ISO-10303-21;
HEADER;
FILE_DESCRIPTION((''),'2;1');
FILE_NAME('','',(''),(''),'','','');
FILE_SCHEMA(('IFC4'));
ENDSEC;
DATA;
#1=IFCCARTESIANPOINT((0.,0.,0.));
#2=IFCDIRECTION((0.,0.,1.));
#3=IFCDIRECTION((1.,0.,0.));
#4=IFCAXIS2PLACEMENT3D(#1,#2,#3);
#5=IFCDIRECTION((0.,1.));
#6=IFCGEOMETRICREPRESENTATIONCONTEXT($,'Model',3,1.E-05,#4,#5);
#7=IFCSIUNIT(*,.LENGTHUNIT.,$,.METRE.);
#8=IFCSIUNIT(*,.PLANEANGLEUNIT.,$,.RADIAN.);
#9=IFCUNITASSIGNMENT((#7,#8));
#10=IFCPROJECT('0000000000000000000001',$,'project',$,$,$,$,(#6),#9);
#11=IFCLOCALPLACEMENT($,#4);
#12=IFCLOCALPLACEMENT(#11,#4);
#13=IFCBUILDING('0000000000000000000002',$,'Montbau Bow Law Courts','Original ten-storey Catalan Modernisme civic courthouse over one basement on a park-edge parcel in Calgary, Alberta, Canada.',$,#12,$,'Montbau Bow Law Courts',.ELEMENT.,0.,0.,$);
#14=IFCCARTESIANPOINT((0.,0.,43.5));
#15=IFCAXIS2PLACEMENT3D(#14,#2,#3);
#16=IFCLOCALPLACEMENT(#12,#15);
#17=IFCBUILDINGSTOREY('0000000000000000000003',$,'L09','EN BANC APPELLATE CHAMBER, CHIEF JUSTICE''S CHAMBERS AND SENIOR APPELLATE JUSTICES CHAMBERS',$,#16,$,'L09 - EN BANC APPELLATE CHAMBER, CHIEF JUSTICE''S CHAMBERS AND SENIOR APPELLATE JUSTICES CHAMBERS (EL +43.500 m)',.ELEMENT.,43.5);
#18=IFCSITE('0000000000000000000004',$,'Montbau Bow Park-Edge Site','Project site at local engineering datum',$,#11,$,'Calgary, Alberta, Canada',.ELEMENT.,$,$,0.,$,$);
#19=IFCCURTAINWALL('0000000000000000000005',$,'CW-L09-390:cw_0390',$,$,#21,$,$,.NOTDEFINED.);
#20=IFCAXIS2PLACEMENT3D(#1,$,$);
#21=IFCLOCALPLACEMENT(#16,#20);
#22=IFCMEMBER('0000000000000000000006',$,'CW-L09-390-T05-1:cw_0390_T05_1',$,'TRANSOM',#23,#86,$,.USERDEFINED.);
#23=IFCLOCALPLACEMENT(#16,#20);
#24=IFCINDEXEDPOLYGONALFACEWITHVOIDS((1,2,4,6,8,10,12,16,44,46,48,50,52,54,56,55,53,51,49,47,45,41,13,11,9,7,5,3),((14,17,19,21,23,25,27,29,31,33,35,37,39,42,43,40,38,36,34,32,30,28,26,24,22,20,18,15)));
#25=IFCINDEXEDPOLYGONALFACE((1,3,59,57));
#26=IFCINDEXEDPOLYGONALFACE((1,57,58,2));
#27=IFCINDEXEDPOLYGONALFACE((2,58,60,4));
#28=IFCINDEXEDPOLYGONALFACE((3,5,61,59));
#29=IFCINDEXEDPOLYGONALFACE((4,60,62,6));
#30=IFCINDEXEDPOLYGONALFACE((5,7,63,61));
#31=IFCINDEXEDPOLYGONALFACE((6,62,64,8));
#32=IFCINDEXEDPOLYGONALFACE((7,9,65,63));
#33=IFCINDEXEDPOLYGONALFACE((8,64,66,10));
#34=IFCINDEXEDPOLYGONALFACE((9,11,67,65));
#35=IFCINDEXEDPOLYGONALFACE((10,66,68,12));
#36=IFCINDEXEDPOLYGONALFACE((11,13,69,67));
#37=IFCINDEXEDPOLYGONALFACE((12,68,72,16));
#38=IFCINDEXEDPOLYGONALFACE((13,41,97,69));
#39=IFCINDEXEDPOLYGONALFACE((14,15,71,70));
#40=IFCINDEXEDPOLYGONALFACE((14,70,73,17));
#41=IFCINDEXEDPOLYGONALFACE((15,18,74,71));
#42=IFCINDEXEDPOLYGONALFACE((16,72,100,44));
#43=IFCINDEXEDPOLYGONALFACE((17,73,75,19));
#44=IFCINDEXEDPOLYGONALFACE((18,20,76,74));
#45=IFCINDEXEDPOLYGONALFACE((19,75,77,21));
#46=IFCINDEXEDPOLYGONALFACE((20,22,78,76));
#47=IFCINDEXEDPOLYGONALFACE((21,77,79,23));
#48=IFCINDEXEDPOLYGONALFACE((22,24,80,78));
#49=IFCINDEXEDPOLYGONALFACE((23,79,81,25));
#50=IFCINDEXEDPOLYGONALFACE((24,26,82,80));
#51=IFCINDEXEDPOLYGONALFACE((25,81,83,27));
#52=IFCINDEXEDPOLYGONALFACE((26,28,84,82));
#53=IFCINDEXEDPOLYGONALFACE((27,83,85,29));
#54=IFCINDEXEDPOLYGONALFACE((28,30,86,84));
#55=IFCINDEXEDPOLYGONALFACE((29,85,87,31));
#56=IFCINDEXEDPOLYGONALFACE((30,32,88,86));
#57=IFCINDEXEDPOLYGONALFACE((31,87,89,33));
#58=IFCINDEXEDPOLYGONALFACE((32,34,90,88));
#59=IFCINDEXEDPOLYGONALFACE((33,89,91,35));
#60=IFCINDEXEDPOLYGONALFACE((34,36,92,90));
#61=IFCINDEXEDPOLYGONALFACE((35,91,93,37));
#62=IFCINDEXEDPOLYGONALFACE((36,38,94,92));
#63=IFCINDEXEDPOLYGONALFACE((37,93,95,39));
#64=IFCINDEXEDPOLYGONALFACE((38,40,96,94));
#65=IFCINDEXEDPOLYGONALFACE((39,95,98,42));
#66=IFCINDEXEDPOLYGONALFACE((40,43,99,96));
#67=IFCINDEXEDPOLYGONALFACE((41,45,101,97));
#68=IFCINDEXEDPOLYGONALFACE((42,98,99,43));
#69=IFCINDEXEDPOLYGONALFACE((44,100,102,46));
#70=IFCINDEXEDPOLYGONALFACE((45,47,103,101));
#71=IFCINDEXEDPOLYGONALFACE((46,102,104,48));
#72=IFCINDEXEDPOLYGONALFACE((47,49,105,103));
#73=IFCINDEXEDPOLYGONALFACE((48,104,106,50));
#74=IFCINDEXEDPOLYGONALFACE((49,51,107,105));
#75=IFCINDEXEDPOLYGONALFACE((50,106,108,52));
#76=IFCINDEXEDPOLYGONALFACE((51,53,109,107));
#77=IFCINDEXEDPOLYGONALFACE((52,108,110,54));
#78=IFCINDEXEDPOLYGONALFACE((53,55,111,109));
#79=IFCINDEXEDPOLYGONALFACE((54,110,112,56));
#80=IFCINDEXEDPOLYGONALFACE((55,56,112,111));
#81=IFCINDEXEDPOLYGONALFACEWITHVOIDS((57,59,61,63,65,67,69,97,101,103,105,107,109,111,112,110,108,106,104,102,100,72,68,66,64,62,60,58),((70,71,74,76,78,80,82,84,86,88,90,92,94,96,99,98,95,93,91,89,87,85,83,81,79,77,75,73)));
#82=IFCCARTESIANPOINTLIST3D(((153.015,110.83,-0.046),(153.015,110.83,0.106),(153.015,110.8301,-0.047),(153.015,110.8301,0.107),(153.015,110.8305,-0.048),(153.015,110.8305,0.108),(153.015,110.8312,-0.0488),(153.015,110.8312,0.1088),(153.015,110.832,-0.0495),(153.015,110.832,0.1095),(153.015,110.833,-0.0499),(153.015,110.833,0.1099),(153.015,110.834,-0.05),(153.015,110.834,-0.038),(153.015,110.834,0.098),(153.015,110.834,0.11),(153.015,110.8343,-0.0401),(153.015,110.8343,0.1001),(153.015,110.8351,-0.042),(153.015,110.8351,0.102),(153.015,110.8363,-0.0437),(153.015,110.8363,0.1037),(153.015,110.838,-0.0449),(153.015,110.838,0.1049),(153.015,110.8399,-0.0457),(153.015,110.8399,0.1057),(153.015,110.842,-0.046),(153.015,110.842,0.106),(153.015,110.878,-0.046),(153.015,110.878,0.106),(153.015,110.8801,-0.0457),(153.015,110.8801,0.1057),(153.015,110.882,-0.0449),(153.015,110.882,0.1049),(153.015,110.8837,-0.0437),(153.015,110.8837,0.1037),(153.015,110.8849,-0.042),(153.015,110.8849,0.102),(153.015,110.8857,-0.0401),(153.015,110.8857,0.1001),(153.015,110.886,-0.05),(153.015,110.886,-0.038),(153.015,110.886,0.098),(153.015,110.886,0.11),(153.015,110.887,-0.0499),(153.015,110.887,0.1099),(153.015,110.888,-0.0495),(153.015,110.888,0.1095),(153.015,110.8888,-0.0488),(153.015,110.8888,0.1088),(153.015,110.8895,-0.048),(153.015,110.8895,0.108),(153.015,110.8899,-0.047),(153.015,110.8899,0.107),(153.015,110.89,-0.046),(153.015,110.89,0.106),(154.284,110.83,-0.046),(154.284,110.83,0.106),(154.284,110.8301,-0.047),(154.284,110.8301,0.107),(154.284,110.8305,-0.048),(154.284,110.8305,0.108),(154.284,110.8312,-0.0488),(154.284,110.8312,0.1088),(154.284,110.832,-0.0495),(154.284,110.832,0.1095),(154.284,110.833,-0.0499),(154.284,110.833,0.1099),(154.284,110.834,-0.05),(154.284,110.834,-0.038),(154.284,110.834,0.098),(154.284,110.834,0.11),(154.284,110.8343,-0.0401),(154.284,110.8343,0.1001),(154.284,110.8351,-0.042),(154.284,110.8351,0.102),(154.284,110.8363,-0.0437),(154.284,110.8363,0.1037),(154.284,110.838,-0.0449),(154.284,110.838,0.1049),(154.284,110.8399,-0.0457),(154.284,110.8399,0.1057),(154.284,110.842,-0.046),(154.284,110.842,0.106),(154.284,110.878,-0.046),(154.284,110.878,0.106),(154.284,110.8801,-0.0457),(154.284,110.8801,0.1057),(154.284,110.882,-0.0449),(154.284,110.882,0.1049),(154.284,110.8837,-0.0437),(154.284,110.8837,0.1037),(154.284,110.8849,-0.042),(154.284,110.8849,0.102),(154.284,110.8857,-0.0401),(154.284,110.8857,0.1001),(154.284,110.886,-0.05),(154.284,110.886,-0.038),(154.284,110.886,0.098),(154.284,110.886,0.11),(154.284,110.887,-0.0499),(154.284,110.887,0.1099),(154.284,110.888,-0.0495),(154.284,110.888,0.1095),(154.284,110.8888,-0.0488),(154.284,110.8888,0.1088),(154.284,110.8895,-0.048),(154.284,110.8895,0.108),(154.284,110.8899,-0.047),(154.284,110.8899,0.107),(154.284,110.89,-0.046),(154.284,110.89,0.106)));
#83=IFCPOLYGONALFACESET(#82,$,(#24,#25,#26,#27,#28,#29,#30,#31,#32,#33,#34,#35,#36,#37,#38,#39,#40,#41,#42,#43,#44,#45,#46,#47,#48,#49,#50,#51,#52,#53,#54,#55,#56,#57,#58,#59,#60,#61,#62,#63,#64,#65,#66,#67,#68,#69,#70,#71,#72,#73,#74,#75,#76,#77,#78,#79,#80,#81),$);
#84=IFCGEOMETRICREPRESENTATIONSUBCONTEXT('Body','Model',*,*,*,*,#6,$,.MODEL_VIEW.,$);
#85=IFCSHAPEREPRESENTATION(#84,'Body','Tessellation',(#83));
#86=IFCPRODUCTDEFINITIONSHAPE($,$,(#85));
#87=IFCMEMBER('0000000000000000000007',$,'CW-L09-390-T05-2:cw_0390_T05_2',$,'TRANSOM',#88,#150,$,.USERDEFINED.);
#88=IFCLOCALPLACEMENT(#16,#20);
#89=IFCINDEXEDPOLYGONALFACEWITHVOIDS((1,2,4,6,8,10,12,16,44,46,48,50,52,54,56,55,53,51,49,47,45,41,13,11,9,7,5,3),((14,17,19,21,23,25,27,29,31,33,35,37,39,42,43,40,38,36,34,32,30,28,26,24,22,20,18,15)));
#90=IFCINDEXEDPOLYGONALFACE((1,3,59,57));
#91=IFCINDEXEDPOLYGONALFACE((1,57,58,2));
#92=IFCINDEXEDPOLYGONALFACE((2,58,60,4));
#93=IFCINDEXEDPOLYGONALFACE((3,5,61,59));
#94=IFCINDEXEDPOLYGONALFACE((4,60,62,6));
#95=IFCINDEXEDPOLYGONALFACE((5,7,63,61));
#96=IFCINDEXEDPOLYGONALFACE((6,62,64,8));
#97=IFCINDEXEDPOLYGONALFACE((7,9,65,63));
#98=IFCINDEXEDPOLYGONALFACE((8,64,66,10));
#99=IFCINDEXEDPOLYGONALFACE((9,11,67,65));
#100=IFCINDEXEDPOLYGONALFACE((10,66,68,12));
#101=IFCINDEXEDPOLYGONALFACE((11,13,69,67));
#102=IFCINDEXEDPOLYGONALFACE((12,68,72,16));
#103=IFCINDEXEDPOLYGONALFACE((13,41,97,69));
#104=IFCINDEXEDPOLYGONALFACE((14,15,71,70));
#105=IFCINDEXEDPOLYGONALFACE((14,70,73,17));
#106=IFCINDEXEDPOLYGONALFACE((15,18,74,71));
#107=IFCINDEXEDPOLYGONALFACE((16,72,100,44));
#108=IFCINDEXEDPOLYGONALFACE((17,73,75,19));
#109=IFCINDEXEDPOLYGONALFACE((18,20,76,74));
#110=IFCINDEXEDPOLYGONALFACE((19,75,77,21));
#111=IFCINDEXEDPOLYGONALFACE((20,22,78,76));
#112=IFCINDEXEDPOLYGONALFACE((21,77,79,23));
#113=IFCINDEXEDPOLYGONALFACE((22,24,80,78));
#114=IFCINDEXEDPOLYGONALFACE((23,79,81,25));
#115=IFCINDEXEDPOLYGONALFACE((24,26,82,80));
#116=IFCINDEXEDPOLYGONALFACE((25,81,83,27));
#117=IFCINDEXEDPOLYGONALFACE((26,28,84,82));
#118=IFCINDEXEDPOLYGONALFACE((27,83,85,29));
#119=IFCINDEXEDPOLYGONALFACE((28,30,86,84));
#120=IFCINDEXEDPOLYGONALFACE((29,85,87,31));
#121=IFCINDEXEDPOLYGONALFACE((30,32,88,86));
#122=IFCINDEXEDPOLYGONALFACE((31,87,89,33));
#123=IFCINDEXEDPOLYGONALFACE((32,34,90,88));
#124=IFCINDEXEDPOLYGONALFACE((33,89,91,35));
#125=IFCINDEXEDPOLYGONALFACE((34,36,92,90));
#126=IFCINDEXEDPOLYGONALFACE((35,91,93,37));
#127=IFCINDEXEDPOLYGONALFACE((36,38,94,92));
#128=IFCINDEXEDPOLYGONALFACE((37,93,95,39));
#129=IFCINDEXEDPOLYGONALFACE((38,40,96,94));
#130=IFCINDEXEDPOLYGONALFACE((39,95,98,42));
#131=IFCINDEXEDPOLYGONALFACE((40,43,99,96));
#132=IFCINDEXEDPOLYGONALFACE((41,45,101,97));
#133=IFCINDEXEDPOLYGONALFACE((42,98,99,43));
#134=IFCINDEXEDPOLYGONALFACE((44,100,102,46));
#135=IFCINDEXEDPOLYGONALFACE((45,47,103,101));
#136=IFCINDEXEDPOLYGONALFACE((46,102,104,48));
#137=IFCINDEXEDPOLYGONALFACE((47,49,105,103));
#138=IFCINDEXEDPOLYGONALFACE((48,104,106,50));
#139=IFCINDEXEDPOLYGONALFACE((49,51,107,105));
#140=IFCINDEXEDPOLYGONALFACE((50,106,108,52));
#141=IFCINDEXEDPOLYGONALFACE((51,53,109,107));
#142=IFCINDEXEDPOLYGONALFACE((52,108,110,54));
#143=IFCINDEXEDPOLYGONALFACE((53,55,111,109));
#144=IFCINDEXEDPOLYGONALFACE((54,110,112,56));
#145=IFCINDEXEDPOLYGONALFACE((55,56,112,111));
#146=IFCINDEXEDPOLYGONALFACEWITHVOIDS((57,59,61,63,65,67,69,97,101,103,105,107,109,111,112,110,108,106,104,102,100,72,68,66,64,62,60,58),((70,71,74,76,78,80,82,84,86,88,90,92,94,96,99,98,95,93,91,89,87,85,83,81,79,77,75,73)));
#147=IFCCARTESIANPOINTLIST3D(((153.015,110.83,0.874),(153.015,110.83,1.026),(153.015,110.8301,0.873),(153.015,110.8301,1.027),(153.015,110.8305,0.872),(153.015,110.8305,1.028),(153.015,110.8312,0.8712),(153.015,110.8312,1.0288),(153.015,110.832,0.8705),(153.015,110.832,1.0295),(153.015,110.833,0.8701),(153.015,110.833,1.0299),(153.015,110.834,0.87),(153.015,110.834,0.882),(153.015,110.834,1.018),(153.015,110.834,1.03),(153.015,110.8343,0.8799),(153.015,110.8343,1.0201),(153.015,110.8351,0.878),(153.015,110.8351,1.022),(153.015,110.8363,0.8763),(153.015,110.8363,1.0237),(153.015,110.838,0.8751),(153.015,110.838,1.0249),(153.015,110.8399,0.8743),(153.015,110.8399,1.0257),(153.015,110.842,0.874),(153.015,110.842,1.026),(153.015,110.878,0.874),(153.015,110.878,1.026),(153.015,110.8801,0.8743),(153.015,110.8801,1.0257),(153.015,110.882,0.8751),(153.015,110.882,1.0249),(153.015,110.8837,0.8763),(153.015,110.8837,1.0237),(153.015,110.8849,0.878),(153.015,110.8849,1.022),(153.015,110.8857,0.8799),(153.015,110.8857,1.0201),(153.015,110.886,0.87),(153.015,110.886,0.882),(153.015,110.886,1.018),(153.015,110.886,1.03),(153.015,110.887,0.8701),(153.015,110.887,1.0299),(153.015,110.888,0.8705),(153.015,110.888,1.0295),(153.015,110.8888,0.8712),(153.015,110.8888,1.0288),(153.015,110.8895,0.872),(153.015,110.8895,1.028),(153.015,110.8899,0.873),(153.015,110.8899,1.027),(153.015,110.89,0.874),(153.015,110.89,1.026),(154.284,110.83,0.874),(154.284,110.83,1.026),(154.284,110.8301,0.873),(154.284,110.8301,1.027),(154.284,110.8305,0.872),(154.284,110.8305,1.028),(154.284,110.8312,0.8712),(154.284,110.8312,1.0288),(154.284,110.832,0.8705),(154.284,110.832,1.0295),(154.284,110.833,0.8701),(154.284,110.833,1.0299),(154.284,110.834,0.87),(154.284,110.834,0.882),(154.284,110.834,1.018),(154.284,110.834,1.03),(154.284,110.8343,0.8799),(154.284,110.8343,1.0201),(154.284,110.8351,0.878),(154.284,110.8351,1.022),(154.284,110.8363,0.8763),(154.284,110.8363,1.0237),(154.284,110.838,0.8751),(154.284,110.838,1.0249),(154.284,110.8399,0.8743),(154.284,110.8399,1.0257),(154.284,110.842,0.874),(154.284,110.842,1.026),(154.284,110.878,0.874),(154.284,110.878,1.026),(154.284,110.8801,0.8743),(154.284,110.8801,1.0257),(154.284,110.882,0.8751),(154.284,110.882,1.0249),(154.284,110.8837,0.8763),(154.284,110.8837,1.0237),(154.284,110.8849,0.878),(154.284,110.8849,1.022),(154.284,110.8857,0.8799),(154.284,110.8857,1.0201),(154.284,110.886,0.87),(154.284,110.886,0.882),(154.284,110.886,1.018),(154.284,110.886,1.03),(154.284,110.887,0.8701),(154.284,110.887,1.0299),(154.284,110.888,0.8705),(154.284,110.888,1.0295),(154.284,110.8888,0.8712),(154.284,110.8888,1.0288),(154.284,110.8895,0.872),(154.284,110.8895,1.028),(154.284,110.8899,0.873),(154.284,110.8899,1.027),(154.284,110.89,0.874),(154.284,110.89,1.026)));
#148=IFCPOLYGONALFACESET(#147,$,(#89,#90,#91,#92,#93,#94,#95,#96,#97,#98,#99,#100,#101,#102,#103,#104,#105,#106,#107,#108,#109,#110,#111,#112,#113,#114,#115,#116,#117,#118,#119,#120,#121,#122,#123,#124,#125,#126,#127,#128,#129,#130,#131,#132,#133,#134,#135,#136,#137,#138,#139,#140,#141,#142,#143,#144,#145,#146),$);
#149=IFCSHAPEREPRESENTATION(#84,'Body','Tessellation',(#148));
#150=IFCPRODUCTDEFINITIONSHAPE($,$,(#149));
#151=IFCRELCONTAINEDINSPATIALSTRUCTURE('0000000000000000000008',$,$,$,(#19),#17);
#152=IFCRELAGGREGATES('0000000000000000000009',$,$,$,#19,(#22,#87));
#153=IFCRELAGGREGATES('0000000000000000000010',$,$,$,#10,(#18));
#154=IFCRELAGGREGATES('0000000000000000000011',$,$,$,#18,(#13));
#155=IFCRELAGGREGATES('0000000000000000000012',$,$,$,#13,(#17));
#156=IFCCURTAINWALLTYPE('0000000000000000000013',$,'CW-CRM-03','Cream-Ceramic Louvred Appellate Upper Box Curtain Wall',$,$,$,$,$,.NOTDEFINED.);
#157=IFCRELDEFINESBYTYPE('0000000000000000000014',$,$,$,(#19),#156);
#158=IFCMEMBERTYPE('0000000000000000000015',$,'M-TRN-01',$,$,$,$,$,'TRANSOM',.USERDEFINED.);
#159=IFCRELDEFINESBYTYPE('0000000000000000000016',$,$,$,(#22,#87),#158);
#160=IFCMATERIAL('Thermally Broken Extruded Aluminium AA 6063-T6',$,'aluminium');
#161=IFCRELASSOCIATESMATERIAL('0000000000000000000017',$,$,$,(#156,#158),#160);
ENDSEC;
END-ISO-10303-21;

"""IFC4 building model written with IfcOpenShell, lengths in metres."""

from ifc_helpers import new_model, si_unit, direction, frame, origin_with_axes, origin_2d_with_axis, place, context, subcontext, project, spatial, hollow_rectangle, extrude, material, material_profile, profile_set, type_object, element, aggregate, save


model = new_model("IFC4")

# Units and contexts
model_context = context("Model", 3, precision=1e-05, world=origin_with_axes(), true_north=direction((0.0, 1.0)))
body_context = subcontext(model_context, "Body", "Model", "MODEL_VIEW")
ifc_project = project(units=[si_unit("LENGTHUNIT", "METRE"), si_unit("PLANEANGLEUNIT", "RADIAN")], contexts=[model_context])

# Site, building, storey
site_placement = place(None, origin_with_axes())
site = spatial("IfcSite", under=ifc_project, at=site_placement, Name="Montbau Bow Park-Edge Site", Description="Project site at local engineering datum", LongName="Calgary, Alberta, Canada", CompositionType="ELEMENT", RefElevation=0.0)
building_placement = place(site_placement, origin_with_axes())
building = spatial("IfcBuilding", under=site, at=building_placement, Name="Montbau Bow Law Courts", Description="Original ten-storey Catalan Modernisme civic courthouse over one basement on a park-edge parcel in Calgary, Alberta, Canada.", LongName="Montbau Bow Law Courts", CompositionType="ELEMENT", ElevationOfRefHeight=0.0, ElevationOfTerrain=0.0)
storey_placement = place(building_placement, frame((0.0, 0.0, 43.5), z_axis=(0.0, 0.0, 1.0), x_axis=(1.0, 0.0, 0.0)))
storey = spatial("IfcBuildingStorey", under=building, at=storey_placement, Name="L09", Description="EN BANC APPELLATE CHAMBER, CHIEF JUSTICE'S CHAMBERS AND SENIOR APPELLATE JUSTICES CHAMBERS", LongName="L09 - EN BANC APPELLATE CHAMBER, CHIEF JUSTICE'S CHAMBERS AND SENIOR APPELLATE JUSTICES CHAMBERS (EL +43.500 m)", CompositionType="ELEMENT", Elevation=43.5)

# Curtain wall, members
ifc_material_1 = material(Name="Thermally Broken Extruded Aluminium AA 6063-T6", Category="aluminium")
curtain_wall_type = type_object("IfcCurtainWallType", Name="CW-CRM-03", Description="Cream-Ceramic Louvred Appellate Upper Box Curtain Wall", PredefinedType="NOTDEFINED", material=ifc_material_1)
curtain_wall_placement = place(None, frame((147.44, 110.86, 43.5), z_axis=(0.0, 0.0, 1.0), x_axis=(1.0, 0.0, 0.0)))
curtain_wall = element("IfcCurtainWall", 1, at=curtain_wall_placement, inside=storey, type_object=curtain_wall_type, Name="CW-L09-390:cw_0390", PredefinedType="NOTDEFINED")
ifc_material_profile_1 = material_profile(ifc_material_1, hollow_rectangle(XDim=0.06, YDim=0.16, WallThickness=0.004, InnerFilletRadius=0.008, OuterFilletRadius=0.004, at=origin_2d_with_axis()), Name="CWT-160X60", Category="Main", Priority=0)
ifc_profile_set_1 = profile_set([ifc_material_profile_1], Name="Thermally Broken Extruded Aluminium AA 6063-T6")
member_type_1 = type_object("IfcMemberType", Name="M-TRN-01", ElementType="TRANSOM", PredefinedType="USERDEFINED", material=ifc_profile_set_1)
member_1_placement = place(None, frame((153.015, 110.86, 43.53), z_axis=(1.0, 0.0, 0.0), x_axis=(0.0, 1.0, 0.0)))
member_1 = element("IfcMember", 2, at=member_1_placement, type_object=member_type_1, Name="CW-L09-390-T05-1:cw_0390_T05_1", ObjectType="TRANSOM", PredefinedType="USERDEFINED", context=body_context, shape_type="SweptSolid", body=[
    extrude(hollow_rectangle(XDim=0.06, YDim=0.16, WallThickness=0.004, InnerFilletRadius=0.008, OuterFilletRadius=0.004, at=origin_2d_with_axis()), origin_with_axes(), (0.0, 0.0, 1.0), 1.269),
])
member_2_placement = place(None, frame((153.015, 110.86, 44.45), z_axis=(1.0, 0.0, 0.0), x_axis=(0.0, 1.0, 0.0)))
member_2 = element("IfcMember", 3, at=member_2_placement, type_object=member_type_1, Name="CW-L09-390-T05-2:cw_0390_T05_2", ObjectType="TRANSOM", PredefinedType="USERDEFINED", context=body_context, shape_type="SweptSolid", body=[
    extrude(hollow_rectangle(XDim=0.06, YDim=0.16, WallThickness=0.004, InnerFilletRadius=0.008, OuterFilletRadius=0.004, at=origin_2d_with_axis()), origin_with_axes(), (0.0, 0.0, 1.0), 1.269),
])
aggregate(curtain_wall, [member_1, member_2])

save(model, "model.ifc")
